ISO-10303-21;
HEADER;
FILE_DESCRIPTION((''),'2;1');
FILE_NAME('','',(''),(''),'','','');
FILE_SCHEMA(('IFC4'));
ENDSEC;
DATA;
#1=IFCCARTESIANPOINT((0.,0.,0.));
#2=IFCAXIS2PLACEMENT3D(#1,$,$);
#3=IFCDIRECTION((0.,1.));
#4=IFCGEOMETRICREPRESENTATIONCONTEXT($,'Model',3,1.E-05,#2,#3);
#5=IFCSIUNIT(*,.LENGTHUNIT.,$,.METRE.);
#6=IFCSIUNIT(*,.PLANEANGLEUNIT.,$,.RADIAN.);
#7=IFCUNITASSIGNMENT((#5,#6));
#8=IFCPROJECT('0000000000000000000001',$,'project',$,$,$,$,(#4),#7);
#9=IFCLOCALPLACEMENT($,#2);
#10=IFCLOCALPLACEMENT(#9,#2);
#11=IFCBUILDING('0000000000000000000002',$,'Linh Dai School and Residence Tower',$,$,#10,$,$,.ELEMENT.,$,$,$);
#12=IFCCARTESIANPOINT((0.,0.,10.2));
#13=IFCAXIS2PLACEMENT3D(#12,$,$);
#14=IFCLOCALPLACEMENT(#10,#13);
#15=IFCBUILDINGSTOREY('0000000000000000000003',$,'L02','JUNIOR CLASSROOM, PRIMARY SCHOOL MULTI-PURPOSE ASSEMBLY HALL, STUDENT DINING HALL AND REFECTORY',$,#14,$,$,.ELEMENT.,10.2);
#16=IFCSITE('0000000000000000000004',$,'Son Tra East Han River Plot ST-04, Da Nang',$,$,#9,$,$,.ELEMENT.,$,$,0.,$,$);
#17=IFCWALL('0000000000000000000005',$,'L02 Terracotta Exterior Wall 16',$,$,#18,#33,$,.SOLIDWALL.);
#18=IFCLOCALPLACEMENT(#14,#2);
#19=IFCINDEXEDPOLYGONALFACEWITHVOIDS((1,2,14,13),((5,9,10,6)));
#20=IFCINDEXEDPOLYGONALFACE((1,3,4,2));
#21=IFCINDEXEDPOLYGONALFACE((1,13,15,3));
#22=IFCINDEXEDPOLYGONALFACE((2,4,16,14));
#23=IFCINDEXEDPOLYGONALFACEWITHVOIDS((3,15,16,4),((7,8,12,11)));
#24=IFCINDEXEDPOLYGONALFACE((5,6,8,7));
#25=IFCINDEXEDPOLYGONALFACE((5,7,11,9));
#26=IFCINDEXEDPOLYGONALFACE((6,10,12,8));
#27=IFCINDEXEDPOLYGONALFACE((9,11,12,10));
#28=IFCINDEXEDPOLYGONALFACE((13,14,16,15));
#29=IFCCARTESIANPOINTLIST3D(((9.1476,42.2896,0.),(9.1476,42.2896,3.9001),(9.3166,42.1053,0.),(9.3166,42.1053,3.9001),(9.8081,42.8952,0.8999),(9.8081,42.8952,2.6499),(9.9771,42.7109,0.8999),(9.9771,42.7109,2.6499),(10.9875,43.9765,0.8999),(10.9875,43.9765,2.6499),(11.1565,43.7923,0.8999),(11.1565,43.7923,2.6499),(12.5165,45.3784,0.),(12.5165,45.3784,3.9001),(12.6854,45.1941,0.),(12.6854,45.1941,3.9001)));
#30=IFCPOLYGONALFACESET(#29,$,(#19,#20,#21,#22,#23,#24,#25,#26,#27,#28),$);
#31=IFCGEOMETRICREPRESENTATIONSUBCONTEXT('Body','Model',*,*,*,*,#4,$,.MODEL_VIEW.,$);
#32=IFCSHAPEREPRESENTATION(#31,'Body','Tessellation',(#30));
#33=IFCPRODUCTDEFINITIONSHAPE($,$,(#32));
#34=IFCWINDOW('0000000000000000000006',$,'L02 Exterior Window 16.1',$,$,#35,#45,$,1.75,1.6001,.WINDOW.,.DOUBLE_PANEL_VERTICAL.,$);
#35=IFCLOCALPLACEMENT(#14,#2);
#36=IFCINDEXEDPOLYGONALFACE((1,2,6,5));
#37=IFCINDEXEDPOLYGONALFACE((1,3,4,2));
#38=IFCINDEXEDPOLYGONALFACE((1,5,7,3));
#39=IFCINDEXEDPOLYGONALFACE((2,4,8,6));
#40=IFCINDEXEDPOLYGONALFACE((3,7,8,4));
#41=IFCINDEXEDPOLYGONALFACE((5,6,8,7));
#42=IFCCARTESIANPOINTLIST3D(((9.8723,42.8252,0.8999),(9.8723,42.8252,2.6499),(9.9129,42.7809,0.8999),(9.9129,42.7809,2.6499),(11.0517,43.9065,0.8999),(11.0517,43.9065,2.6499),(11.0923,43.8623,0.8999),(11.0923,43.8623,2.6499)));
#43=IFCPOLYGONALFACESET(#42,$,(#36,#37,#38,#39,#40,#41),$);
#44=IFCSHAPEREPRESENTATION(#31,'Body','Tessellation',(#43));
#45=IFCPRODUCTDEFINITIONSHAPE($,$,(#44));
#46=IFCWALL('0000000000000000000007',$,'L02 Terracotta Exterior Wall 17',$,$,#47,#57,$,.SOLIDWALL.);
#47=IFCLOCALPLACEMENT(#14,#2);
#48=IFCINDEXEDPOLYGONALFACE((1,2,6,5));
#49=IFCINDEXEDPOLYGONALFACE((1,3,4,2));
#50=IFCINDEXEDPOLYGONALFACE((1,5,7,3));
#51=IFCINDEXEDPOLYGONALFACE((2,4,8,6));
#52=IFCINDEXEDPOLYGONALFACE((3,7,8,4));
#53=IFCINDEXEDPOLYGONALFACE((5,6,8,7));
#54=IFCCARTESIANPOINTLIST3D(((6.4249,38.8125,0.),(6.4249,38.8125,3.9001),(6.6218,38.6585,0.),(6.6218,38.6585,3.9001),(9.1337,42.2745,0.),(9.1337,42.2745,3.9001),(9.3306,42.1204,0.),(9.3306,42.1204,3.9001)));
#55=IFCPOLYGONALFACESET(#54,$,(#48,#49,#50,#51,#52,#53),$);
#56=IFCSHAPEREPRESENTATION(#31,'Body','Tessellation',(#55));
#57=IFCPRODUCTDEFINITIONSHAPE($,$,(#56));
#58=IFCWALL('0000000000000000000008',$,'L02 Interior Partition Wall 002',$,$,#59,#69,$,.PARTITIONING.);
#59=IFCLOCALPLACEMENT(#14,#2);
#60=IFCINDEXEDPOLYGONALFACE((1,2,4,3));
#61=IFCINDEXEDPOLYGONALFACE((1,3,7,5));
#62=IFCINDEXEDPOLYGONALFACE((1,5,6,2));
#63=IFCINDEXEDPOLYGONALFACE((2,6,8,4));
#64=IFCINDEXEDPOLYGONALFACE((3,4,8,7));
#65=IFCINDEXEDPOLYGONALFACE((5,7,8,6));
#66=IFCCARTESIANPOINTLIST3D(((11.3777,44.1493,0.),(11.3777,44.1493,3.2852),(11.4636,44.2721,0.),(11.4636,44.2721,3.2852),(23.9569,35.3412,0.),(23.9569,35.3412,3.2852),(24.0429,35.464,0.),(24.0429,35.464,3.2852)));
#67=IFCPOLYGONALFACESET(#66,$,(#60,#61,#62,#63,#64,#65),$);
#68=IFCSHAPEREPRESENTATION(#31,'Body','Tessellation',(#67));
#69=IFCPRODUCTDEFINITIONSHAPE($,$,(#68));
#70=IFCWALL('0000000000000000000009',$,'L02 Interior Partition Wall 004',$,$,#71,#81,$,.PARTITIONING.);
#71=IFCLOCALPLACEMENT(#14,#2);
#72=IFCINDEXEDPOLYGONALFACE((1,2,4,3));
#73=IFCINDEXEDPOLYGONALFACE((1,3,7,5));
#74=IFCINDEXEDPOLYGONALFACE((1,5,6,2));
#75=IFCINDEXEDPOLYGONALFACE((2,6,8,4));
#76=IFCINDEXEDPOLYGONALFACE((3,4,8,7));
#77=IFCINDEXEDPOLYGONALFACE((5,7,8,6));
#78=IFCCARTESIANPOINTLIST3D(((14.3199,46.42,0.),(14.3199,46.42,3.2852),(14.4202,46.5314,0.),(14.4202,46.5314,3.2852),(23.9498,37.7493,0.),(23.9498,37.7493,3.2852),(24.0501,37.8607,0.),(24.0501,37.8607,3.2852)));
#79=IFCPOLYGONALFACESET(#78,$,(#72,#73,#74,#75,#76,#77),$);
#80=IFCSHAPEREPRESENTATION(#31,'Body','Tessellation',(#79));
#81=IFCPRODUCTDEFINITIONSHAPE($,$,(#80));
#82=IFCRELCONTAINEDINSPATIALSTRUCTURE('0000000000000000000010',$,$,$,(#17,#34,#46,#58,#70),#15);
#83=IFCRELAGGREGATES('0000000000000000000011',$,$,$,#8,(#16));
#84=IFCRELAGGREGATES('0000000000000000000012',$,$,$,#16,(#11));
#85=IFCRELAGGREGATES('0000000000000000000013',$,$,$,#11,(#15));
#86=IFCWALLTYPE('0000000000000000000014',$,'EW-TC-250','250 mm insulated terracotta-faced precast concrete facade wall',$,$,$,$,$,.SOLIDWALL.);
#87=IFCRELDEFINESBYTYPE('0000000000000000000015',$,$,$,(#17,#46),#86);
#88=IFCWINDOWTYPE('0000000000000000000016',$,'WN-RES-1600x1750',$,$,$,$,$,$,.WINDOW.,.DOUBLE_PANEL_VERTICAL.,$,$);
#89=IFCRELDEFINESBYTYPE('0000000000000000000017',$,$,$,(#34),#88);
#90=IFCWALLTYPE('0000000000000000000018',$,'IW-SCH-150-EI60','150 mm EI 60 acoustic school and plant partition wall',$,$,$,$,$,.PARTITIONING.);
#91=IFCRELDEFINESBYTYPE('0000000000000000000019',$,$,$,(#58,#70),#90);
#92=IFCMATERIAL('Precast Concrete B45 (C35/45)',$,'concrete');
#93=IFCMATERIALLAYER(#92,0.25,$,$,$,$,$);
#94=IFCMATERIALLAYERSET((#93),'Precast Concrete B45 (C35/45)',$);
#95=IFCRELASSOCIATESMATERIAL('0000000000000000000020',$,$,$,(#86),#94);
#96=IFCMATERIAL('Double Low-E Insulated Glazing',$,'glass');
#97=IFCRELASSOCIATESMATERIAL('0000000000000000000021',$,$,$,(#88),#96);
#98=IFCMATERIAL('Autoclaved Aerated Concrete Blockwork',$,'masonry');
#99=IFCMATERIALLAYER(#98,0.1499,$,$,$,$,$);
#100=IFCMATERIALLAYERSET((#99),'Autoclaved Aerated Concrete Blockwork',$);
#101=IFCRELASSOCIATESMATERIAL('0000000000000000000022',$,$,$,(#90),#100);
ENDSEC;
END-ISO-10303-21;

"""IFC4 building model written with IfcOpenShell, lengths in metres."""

from ifc_helpers import new_model, si_unit, direction, frame, frame_2d, origin, origin_2d, place, context, subcontext, project, spatial, rectangle, extrude, source, transform, mapped, material, layer, layer_set, type_object, element, fill, save


model = new_model("IFC4")

# Units and contexts
model_context = context("Model", 3, precision=1e-05, world=origin(), true_north=direction((0.0, 1.0)))
body_context = subcontext(model_context, "Body", "Model", "MODEL_VIEW")
ifc_project = project(units=[si_unit("LENGTHUNIT", "METRE"), si_unit("PLANEANGLEUNIT", "RADIAN")], contexts=[model_context])

# Site, building, storey
site_placement = place(None, origin())
site = spatial("IfcSite", under=ifc_project, at=site_placement, Name="Son Tra East Han River Plot ST-04, Da Nang", CompositionType="ELEMENT", RefElevation=0.0)
building_placement = place(site_placement, origin())
building = spatial("IfcBuilding", under=site, at=building_placement, Name="Linh Dai School and Residence Tower", CompositionType="ELEMENT")
storey_placement = place(building_placement, frame((0.0, 0.0, 10.2)))
storey = spatial("IfcBuildingStorey", under=building, at=storey_placement, Name="L02", Description="JUNIOR CLASSROOM, PRIMARY SCHOOL MULTI-PURPOSE ASSEMBLY HALL, STUDENT DINING HALL AND REFECTORY", CompositionType="ELEMENT", Elevation=10.2)

# Shared definitions
ifc_material_1 = material(Name="Double Low-E Insulated Glazing", Category="glass")

# Wall, opening, window
ifc_material_2 = material(Name="Precast Concrete B45 (C35/45)", Category="concrete")
ifc_layer_1 = layer(ifc_material_2, 0.25)
ifc_layer_set_1 = layer_set([ifc_layer_1], Name="Precast Concrete B45 (C35/45)")
wall_type_1 = type_object("IfcWallType", Name="EW-TC-250", Description="250 mm insulated terracotta-faced precast concrete facade wall", PredefinedType="SOLIDWALL", material=ifc_layer_set_1)
wall_1_placement = place(storey_placement, frame((9.2322, 42.1975, 0.0), z_axis=(0.0, 0.0, 1.0), x_axis=(0.737077, 0.675809, 0.0)))
wall_1 = element("IfcWall", 1, at=wall_1_placement, inside=storey, type_object=wall_type_1, Name="L02 Terracotta Exterior Wall 16", PredefinedType="SOLIDWALL", context=body_context, shape_type="SweptSolid", body=[
    extrude(rectangle(XDim=4.5706, YDim=0.25, at=frame_2d((2.2852, 0.0))), origin(), (0.0, 0.0, 1.0), 3.9001),
])
opening_1_placement = place(wall_1_placement, frame((0.896, 0.0, 0.8999)))
opening_1 = element("IfcOpeningElement", 2, at=opening_1_placement, cuts=wall_1, PredefinedType="OPENING", context=body_context, shape_type="SweptSolid", body=[
    extrude(rectangle(XDim=1.6001, YDim=1.75, at=origin_2d()), frame((0.8, 0.135, 0.875), z_axis=(0.0, -1.0, 0.0), x_axis=(1.0, 0.0, 0.0)), (0.0, 0.0, 1.0), 0.27),
])
window_type_1 = type_object("IfcWindowType", Name="WN-RES-1600x1750", PartitioningType="DOUBLE_PANEL_VERTICAL", PredefinedType="WINDOW", material=ifc_material_1)
shared_shape_1 = source(origin(), body_context, "Body", "SweptSolid", [
    extrude(rectangle(XDim=1.6001, YDim=1.75, at=origin_2d()), frame((0.8, 0.03, 0.875), z_axis=(0.0, -1.0, 0.0), x_axis=(1.0, 0.0, 0.0)), (0.0, 0.0, 1.0), 0.0601),
])
window_1_placement = place(opening_1_placement, origin())
window_1 = element("IfcWindow", 3, at=window_1_placement, inside=storey, type_object=window_type_1, Name="L02 Exterior Window 16.1", OverallHeight=1.75, OverallWidth=1.6001, PartitioningType="DOUBLE_PANEL_VERTICAL", PredefinedType="WINDOW", context=body_context, shape_type="MappedRepresentation", body=[
    mapped(shared_shape_1, transform((0.0, 0.0, 0.0), x_axis=(1.0, 0.0, 0.0), y_axis=(0.0, 1.0, 0.0), z_axis=(0.0, 0.0, 1.0), scale=1.0)),
])
fill(opening_1, window_1)

# Walls
wall_2_placement = place(storey_placement, frame((6.5234, 38.7356, 0.0), z_axis=(0.0, 0.0, 1.0), x_axis=(0.616226, 0.787569, 0.0)))
element("IfcWall", 4, at=wall_2_placement, inside=storey, type_object=wall_type_1, Name="L02 Terracotta Exterior Wall 17", PredefinedType="SOLIDWALL", context=body_context, shape_type="SweptSolid", body=[
    extrude(rectangle(XDim=4.3958, YDim=0.25, at=frame_2d((2.1978, 0.0))), origin(), (0.0, 0.0, 1.0), 3.9001),
])
ifc_material_3 = material(Name="Autoclaved Aerated Concrete Blockwork", Category="masonry")
ifc_layer_2 = layer(ifc_material_3, 0.1499)
ifc_layer_set_2 = layer_set([ifc_layer_2], Name="Autoclaved Aerated Concrete Blockwork")
wall_type_2 = type_object("IfcWallType", Name="IW-SCH-150-EI60", Description="150 mm EI 60 acoustic school and plant partition wall", PredefinedType="PARTITIONING", material=ifc_layer_set_2)
wall_3_placement = place(storey_placement, frame((11.4207, 44.2107, 0.0), z_axis=(0.0, 0.0, 1.0), x_axis=(0.819153, -0.573574, 0.0)))
element("IfcWall", 5, at=wall_3_placement, inside=storey, type_object=wall_type_2, Name="L02 Interior Partition Wall 002", PredefinedType="PARTITIONING", context=body_context, shape_type="SweptSolid", body=[
    extrude(rectangle(XDim=15.3564, YDim=0.1499, at=frame_2d((7.6782, 0.0))), origin(), (0.0, 0.0, 1.0), 3.2852),
])
wall_4_placement = place(storey_placement, frame((14.3701, 46.4756, 0.0), z_axis=(0.0, 0.0, 1.0), x_axis=(0.74315, -0.669125, 0.0)))
element("IfcWall", 6, at=wall_4_placement, inside=storey, type_object=wall_type_2, Name="L02 Interior Partition Wall 004", PredefinedType="PARTITIONING", context=body_context, shape_type="SweptSolid", body=[
    extrude(rectangle(XDim=12.9583, YDim=0.1499, at=frame_2d((6.479, 0.0))), origin(), (0.0, 0.0, 1.0), 3.2852),
])

save(model, "model.ifc")
